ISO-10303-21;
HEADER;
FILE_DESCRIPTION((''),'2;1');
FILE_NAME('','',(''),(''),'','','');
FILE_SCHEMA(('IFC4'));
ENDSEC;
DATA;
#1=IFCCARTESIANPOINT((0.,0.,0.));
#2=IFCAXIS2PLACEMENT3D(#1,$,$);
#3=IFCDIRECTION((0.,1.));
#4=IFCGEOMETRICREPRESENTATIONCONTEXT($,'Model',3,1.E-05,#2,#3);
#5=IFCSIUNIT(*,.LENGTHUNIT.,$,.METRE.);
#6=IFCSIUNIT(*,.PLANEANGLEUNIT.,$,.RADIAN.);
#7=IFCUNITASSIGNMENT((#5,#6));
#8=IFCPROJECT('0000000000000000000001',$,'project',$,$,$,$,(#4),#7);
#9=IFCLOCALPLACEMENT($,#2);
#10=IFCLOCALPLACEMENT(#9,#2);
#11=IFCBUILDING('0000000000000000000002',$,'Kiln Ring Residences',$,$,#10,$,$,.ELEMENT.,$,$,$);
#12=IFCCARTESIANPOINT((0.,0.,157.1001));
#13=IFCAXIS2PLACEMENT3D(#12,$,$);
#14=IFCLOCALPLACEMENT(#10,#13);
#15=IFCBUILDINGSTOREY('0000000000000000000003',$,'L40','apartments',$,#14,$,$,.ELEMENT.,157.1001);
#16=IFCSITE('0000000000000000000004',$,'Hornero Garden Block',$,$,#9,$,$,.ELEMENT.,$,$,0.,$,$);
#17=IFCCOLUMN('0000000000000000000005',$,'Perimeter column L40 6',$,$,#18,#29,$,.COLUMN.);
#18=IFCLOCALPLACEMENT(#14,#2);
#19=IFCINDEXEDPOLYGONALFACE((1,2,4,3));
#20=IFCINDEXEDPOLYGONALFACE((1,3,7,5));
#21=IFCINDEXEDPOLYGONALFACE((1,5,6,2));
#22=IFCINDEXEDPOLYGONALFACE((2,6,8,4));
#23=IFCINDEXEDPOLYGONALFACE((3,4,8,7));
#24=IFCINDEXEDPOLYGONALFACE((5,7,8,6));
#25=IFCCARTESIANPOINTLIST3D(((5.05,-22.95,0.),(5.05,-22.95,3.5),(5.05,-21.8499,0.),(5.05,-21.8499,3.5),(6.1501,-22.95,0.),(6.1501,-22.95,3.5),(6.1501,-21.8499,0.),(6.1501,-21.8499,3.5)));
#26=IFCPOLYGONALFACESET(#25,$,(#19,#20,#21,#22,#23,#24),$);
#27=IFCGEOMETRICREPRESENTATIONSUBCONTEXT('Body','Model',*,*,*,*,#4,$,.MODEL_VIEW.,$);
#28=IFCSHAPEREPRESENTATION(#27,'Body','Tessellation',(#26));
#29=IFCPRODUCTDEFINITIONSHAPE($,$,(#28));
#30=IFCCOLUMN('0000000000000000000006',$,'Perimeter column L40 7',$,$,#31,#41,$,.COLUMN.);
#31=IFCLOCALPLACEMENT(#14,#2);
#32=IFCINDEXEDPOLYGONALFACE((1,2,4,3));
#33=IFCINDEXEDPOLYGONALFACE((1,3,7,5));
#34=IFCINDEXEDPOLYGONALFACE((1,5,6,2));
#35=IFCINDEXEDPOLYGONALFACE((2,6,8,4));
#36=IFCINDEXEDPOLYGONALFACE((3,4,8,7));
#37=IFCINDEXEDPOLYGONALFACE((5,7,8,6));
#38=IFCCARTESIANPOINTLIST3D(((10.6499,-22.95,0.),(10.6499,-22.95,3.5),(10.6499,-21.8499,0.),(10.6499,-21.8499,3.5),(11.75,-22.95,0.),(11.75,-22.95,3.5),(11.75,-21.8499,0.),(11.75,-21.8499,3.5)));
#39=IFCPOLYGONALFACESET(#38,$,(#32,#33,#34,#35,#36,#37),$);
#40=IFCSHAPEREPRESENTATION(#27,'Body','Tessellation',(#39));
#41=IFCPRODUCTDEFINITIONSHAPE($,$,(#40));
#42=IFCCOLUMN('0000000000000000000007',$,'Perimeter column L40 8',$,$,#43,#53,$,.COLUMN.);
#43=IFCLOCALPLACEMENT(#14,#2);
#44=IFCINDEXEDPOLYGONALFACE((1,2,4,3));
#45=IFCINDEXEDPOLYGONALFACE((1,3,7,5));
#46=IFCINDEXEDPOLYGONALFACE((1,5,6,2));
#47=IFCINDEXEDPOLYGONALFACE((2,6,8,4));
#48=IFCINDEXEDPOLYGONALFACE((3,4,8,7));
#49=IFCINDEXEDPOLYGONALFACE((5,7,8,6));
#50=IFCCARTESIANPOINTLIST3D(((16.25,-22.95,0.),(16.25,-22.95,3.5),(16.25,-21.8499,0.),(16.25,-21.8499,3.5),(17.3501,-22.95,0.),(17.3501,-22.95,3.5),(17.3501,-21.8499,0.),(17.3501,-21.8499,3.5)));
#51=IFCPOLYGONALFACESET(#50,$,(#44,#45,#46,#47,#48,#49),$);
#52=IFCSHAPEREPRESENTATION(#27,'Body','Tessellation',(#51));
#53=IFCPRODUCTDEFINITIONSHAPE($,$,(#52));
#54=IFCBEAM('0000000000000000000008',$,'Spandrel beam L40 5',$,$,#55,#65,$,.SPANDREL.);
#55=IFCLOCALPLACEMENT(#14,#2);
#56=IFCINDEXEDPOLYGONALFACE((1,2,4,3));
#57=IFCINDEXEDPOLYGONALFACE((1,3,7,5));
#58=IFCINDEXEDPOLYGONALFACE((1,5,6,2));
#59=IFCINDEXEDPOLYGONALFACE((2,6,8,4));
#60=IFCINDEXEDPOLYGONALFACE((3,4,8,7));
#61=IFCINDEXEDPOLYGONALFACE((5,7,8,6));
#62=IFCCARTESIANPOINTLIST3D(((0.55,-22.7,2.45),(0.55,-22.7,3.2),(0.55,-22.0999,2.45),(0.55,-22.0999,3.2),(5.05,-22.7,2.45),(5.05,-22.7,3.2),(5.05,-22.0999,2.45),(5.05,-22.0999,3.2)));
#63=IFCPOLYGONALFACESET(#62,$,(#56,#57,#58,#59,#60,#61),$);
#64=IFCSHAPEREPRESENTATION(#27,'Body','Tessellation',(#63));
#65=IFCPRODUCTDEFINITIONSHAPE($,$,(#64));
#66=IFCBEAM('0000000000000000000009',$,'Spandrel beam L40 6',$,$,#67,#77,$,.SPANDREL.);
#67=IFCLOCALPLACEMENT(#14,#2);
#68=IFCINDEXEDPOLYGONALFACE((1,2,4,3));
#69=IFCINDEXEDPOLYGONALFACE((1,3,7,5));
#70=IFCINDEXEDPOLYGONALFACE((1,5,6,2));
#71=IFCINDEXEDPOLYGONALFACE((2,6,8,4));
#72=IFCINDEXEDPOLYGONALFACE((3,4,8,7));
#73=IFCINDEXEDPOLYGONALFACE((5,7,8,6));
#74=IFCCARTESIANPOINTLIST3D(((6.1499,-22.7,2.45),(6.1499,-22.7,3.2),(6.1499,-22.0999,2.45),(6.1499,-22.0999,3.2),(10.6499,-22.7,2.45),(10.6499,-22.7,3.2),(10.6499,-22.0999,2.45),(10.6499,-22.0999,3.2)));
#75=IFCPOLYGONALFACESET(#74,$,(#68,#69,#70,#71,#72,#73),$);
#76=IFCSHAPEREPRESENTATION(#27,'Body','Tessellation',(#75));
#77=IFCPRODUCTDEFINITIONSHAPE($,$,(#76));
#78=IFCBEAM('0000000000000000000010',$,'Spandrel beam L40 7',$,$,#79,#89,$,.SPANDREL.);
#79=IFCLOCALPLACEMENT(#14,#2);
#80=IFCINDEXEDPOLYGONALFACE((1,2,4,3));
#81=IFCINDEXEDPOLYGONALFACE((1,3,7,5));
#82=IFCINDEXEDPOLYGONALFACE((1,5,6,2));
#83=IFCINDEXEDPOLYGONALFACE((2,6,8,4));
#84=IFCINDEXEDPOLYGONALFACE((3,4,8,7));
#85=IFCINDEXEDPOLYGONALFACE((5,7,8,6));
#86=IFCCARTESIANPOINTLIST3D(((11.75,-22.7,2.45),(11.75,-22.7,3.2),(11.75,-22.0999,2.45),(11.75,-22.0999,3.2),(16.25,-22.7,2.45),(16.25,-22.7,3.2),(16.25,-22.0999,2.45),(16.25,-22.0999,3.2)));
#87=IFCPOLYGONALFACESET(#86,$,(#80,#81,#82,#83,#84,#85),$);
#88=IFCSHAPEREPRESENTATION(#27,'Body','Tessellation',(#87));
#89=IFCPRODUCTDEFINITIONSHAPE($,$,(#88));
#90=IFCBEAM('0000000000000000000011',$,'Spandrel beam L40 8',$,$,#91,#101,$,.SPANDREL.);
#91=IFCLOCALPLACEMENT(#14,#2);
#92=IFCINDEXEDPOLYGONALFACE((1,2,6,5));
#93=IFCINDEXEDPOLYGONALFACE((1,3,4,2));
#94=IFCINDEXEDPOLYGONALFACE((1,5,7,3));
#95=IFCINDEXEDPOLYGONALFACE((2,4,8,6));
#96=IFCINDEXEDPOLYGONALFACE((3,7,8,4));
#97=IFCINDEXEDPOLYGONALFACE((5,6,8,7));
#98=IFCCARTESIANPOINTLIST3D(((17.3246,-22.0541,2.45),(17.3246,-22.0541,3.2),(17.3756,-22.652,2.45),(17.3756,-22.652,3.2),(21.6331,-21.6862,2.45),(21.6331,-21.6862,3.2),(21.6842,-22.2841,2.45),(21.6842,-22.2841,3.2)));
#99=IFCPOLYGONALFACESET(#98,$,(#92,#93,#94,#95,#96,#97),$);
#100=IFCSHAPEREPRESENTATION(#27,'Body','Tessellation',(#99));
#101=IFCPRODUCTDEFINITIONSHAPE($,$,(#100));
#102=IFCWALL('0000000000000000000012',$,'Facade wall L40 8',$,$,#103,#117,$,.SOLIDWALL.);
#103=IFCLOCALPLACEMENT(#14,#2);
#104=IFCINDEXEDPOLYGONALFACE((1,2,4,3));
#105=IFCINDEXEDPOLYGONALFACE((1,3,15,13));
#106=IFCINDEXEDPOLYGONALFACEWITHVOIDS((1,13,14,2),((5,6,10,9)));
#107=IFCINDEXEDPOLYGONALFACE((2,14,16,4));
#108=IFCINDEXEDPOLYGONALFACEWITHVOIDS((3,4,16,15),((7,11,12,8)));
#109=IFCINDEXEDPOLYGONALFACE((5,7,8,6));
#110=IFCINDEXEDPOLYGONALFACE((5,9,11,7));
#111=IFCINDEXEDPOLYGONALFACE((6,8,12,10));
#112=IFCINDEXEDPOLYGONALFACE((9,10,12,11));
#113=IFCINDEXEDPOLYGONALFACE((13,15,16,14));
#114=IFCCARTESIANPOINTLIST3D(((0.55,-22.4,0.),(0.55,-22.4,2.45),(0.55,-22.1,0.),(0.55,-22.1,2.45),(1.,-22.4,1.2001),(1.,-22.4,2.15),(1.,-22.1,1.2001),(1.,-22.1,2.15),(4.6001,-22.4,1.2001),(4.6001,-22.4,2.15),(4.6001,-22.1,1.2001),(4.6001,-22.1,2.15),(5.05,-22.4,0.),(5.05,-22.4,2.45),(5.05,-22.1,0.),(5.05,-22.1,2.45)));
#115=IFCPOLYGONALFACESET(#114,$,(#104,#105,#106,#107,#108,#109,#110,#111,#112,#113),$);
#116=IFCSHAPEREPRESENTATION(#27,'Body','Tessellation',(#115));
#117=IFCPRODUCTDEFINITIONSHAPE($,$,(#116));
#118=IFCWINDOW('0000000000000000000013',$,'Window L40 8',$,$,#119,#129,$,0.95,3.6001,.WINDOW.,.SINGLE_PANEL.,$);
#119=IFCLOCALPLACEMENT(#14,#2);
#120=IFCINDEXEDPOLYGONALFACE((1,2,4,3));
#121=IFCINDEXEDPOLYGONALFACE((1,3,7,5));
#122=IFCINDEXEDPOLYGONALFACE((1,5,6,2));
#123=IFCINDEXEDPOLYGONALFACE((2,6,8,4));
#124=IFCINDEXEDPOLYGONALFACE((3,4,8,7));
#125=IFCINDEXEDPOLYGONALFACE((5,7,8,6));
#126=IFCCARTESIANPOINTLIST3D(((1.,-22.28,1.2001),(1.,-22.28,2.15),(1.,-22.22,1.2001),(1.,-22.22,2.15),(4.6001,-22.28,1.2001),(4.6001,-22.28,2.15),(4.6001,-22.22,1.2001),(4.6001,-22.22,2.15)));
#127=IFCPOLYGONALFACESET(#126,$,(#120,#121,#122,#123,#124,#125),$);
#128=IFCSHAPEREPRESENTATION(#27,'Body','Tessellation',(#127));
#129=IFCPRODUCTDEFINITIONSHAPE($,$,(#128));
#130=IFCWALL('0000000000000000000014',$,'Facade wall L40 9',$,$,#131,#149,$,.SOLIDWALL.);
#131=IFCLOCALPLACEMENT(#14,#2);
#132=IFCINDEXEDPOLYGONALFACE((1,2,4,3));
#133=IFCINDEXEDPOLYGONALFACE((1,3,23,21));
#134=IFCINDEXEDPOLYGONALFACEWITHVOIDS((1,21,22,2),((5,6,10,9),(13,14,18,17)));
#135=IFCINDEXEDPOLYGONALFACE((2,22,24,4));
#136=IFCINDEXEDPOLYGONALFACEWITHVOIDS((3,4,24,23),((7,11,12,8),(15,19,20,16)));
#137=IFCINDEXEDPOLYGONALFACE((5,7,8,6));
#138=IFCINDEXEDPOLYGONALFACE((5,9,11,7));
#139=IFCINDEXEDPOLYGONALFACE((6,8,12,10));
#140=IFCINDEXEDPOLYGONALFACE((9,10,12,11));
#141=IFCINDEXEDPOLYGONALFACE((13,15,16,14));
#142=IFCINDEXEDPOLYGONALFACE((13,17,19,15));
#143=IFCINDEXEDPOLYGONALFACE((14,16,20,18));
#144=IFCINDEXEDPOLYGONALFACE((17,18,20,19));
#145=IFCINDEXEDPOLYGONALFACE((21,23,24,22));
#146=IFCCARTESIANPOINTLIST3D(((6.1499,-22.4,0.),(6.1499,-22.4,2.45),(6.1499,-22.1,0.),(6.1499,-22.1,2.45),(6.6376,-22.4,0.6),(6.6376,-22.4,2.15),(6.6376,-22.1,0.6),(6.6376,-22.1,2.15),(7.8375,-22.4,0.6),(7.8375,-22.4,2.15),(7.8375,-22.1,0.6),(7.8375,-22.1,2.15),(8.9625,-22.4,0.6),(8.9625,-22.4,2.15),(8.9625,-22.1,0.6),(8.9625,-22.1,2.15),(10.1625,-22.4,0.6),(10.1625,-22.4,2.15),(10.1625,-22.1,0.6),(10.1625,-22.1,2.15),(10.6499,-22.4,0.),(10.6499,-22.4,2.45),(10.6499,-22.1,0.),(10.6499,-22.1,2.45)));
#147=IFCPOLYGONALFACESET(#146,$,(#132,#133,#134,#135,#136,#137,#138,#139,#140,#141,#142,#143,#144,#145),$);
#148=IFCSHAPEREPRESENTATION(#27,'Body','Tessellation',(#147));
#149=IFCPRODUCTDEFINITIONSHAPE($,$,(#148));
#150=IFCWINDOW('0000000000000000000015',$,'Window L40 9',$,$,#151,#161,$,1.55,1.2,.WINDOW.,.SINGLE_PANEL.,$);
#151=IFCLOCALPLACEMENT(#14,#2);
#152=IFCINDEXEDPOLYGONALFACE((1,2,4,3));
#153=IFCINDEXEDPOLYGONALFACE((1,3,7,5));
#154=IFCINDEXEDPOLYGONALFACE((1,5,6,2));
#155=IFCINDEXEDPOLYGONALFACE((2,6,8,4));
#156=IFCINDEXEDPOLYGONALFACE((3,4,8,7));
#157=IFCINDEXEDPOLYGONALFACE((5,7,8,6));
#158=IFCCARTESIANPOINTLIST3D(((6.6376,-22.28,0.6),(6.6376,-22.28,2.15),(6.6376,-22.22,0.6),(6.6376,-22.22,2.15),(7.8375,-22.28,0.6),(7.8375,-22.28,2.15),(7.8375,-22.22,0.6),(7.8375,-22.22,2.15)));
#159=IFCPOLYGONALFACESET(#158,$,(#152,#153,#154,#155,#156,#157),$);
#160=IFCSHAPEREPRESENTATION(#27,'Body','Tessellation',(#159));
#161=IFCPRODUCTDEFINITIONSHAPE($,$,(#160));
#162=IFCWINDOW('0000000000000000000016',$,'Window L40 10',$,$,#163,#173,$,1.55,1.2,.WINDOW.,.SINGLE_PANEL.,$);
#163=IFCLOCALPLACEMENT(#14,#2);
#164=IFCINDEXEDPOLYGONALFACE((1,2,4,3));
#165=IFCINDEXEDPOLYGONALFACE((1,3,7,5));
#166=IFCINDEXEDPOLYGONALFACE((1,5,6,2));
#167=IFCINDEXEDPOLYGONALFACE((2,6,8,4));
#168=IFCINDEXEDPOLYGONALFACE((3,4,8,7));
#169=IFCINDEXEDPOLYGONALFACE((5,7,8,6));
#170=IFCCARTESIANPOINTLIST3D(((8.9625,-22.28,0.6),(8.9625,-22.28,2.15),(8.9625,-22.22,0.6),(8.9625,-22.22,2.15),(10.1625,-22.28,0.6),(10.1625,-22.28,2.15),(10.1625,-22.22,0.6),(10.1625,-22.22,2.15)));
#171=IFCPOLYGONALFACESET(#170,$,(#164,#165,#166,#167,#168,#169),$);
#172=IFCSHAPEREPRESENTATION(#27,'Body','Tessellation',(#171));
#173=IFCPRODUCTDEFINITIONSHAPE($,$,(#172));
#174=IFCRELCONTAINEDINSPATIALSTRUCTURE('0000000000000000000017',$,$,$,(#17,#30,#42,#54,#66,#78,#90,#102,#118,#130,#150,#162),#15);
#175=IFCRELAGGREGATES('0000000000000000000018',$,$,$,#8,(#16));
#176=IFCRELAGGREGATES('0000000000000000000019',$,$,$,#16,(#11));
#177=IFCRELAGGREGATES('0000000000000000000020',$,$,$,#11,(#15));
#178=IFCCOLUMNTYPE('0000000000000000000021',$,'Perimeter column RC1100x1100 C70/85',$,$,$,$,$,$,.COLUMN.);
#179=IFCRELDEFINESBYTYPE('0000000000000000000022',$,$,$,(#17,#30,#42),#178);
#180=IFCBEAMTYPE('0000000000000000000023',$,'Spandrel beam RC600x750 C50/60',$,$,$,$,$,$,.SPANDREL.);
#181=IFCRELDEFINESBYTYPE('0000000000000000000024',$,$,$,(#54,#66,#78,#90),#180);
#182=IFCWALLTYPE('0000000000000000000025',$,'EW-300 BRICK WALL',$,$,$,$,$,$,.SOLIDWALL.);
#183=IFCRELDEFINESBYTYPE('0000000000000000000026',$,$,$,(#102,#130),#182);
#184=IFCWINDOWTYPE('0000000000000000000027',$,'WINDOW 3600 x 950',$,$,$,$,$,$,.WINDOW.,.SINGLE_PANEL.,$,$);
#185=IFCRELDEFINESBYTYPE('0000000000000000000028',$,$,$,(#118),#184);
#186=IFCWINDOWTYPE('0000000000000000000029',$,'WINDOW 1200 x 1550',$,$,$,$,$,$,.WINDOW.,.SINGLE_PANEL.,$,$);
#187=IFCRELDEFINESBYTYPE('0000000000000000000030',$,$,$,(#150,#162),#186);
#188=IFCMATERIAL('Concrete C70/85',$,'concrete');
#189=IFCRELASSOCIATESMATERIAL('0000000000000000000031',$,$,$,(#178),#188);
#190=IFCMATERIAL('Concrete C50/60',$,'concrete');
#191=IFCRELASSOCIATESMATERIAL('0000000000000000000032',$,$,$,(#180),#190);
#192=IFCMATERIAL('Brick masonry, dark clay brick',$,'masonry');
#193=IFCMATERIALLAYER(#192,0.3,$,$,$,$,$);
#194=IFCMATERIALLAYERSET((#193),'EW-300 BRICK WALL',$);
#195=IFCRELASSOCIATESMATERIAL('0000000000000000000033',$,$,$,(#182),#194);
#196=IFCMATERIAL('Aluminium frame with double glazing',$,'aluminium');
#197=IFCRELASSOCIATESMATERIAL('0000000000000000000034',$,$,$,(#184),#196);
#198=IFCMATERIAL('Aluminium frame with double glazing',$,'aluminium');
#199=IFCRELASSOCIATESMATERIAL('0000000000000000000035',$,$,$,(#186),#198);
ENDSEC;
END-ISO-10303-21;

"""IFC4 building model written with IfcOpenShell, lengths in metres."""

from ifc_helpers import new_model, si_unit, direction, frame, frame_2d, origin, origin_2d, place, context, subcontext, project, spatial, rectangle, extrude, material, layer, layer_set, material_profile, profile_set, type_object, element, fill, save


model = new_model("IFC4")

# Units and contexts
model_context = context("Model", 3, precision=1e-05, world=origin(), true_north=direction((0.0, 1.0)))
body_context = subcontext(model_context, "Body", "Model", "MODEL_VIEW")
ifc_project = project(units=[si_unit("LENGTHUNIT", "METRE"), si_unit("PLANEANGLEUNIT", "RADIAN")], contexts=[model_context])

# Site, building, storey
site_placement = place(None, origin())
site = spatial("IfcSite", under=ifc_project, at=site_placement, Name="Hornero Garden Block", CompositionType="ELEMENT", RefElevation=0.0)
building_placement = place(site_placement, origin())
building = spatial("IfcBuilding", under=site, at=building_placement, Name="Kiln Ring Residences", CompositionType="ELEMENT")
storey_placement = place(building_placement, frame((0.0, 0.0, 157.1001)))
storey = spatial("IfcBuildingStorey", under=building, at=storey_placement, Name="L40", Description="apartments", CompositionType="ELEMENT", Elevation=157.1001)

# Columns
ifc_material_1 = material(Name="Concrete C70/85", Category="concrete")
ifc_material_profile_1 = material_profile(ifc_material_1, rectangle(XDim=1.1001, YDim=1.1001, at=origin_2d()), Name="RC1100x1100")
ifc_profile_set_1 = profile_set([ifc_material_profile_1], Name="Concrete C70/85")
column_type = type_object("IfcColumnType", Name="Perimeter column RC1100x1100 C70/85", PredefinedType="COLUMN", material=ifc_profile_set_1)
for number, where, z_axis, x_axis, name in (
    (1, (5.6001, -22.3999, 0.0), (0.0, 0.0, 1.0), (1.0, 0.0, 0.0), "Perimeter column L40 6"),
    (2, (11.2, -22.3999, 0.0), (0.0, 0.0, 1.0), (1.0, 0.0, 0.0), "Perimeter column L40 7"),
    (3, (16.8, -22.3999, 0.0), (0.0, 0.0, 1.0), (1.0, 0.0, 0.0), "Perimeter column L40 8"),
):
    element("IfcColumn", number, at=place(storey_placement, frame(where, z_axis=z_axis, x_axis=x_axis)), inside=storey, type_object=column_type, Name=name, PredefinedType="COLUMN", context=body_context, shape_type="SweptSolid", body=[
        extrude(rectangle(XDim=1.1001, YDim=1.1001, at=origin_2d()), origin(), (0.0, 0.0, 1.0), 3.5),
    ])

# Beams
ifc_material_2 = material(Name="Concrete C50/60", Category="concrete")
ifc_material_profile_2 = material_profile(ifc_material_2, rectangle(XDim=0.6001, YDim=0.75, at=origin_2d()), Name="RC600x750")
ifc_profile_set_2 = profile_set([ifc_material_profile_2], Name="Concrete C50/60")
beam_type = type_object("IfcBeamType", Name="Spandrel beam RC600x750 C50/60", PredefinedType="SPANDREL", material=ifc_profile_set_2)
for number, where, z_axis, x_axis, name in (
    (4, (0.55, -22.3999, 2.825), (1.0, 0.0, 0.0), (0.0, 1.0, 0.0), "Spandrel beam L40 5"),
    (5, (6.1499, -22.3999, 2.825), (1.0, 0.0, 0.0), (0.0, 1.0, 0.0), "Spandrel beam L40 6"),
    (6, (11.75, -22.3999, 2.825), (1.0, 0.0, 0.0), (0.0, 1.0, 0.0), "Spandrel beam L40 7"),
):
    element("IfcBeam", number, at=place(storey_placement, frame(where, z_axis=z_axis, x_axis=x_axis)), inside=storey, type_object=beam_type, Name=name, PredefinedType="SPANDREL", context=body_context, shape_type="SweptSolid", body=[
        extrude(rectangle(XDim=0.6001, YDim=0.75, at=origin_2d()), origin(), (0.0, 0.0, 1.0), 4.5),
    ])
beam_placement = place(storey_placement, frame((17.3501, -22.353, 2.825), z_axis=(0.996374, 0.085082, 0.0), x_axis=(-0.085082, 0.996374, 0.0)))
element("IfcBeam", 7, at=beam_placement, inside=storey, type_object=beam_type, Name="Spandrel beam L40 8", PredefinedType="SPANDREL", context=body_context, shape_type="SweptSolid", body=[
    extrude(rectangle(XDim=0.6001, YDim=0.75, at=origin_2d()), origin(), (0.0, 0.0, 1.0), 4.3242),
])

# Wall, opening, window
ifc_material_3 = material(Name="Brick masonry, dark clay brick", Category="masonry")
ifc_layer_1 = layer(ifc_material_3, 0.3)
ifc_layer_set_1 = layer_set([ifc_layer_1], Name="EW-300 BRICK WALL")
wall_type_1 = type_object("IfcWallType", Name="EW-300 BRICK WALL", PredefinedType="SOLIDWALL", material=ifc_layer_set_1)
wall_1_placement = place(storey_placement, frame((0.55, -22.25, 0.0), z_axis=(0.0, 0.0, 1.0), x_axis=(1.0, 0.0, 0.0)))
wall_1 = element("IfcWall", 8, at=wall_1_placement, inside=storey, type_object=wall_type_1, Name="Facade wall L40 8", PredefinedType="SOLIDWALL", context=body_context, shape_type="SweptSolid", body=[
    extrude(rectangle(XDim=4.5, YDim=0.3, at=frame_2d((2.25, 0.0))), origin(), (0.0, 0.0, 1.0), 2.45),
])
opening_1_placement = place(wall_1_placement, frame((0.45, 0.0, 1.2)))
opening_1 = element("IfcOpeningElement", 9, at=opening_1_placement, cuts=wall_1, PredefinedType="OPENING", context=body_context, shape_type="SweptSolid", body=[
    extrude(rectangle(XDim=3.6001, YDim=0.95, at=frame_2d((1.8, 0.4751))), frame((0.0, 0.1599, 0.0), z_axis=(0.0, -1.0, 0.0), x_axis=(1.0, 0.0, 0.0)), (0.0, 0.0, 1.0), 0.3201),
])
ifc_material_4 = material(Name="Aluminium frame with double glazing", Category="aluminium")
window_type_1 = type_object("IfcWindowType", Name="WINDOW 3600 x 950", PartitioningType="SINGLE_PANEL", PredefinedType="WINDOW", material=ifc_material_4)
window_1_placement = place(opening_1_placement, origin())
window_1 = element("IfcWindow", 10, at=window_1_placement, inside=storey, type_object=window_type_1, Name="Window L40 8", OverallHeight=0.95, OverallWidth=3.6001, PartitioningType="SINGLE_PANEL", PredefinedType="WINDOW", context=body_context, shape_type="SweptSolid", body=[
    extrude(rectangle(XDim=3.6001, YDim=0.95, at=frame_2d((1.8, 0.4751))), frame((0.0, 0.03, 0.0), z_axis=(0.0, -1.0, 0.0), x_axis=(1.0, 0.0, 0.0)), (0.0, 0.0, 1.0), 0.0601),
])
fill(opening_1, window_1)

# Wall, openings, windows
wall_2_placement = place(storey_placement, frame((6.1499, -22.25, 0.0), z_axis=(0.0, 0.0, 1.0), x_axis=(1.0, 0.0, 0.0)))
wall_2 = element("IfcWall", 11, at=wall_2_placement, inside=storey, type_object=wall_type_1, Name="Facade wall L40 9", PredefinedType="SOLIDWALL", context=body_context, shape_type="SweptSolid", body=[
    extrude(rectangle(XDim=4.5, YDim=0.3, at=frame_2d((2.25, 0.0))), origin(), (0.0, 0.0, 1.0), 2.45),
])
opening_2_placement = place(wall_2_placement, frame((0.4875, 0.0, 0.6001)))
opening_2 = element("IfcOpeningElement", 12, at=opening_2_placement, cuts=wall_2, PredefinedType="OPENING", context=body_context, shape_type="SweptSolid", body=[
    extrude(rectangle(XDim=1.2, YDim=1.55, at=frame_2d((0.6001, 0.7749))), frame((0.0, 0.1599, 0.0), z_axis=(0.0, -1.0, 0.0), x_axis=(1.0, 0.0, 0.0)), (0.0, 0.0, 1.0), 0.3201),
])
opening_3_placement = place(wall_2_placement, frame((2.8125, 0.0, 0.6001)))
opening_3 = element("IfcOpeningElement", 13, at=opening_3_placement, cuts=wall_2, PredefinedType="OPENING", context=body_context, shape_type="SweptSolid", body=[
    extrude(rectangle(XDim=1.2, YDim=1.55, at=frame_2d((0.6001, 0.7749))), frame((0.0, 0.1599, 0.0), z_axis=(0.0, -1.0, 0.0), x_axis=(1.0, 0.0, 0.0)), (0.0, 0.0, 1.0), 0.3201),
])
ifc_material_5 = material(Name="Aluminium frame with double glazing", Category="aluminium")
window_type_2 = type_object("IfcWindowType", Name="WINDOW 1200 x 1550", PartitioningType="SINGLE_PANEL", PredefinedType="WINDOW", material=ifc_material_5)
window_2_placement = place(opening_2_placement, origin())
window_2 = element("IfcWindow", 14, at=window_2_placement, inside=storey, type_object=window_type_2, Name="Window L40 9", OverallHeight=1.55, OverallWidth=1.2, PartitioningType="SINGLE_PANEL", PredefinedType="WINDOW", context=body_context, shape_type="SweptSolid", body=[
    extrude(rectangle(XDim=1.2, YDim=1.55, at=frame_2d((0.6001, 0.7749))), frame((0.0, 0.03, 0.0), z_axis=(0.0, -1.0, 0.0), x_axis=(1.0, 0.0, 0.0)), (0.0, 0.0, 1.0), 0.0601),
])
fill(opening_2, window_2)
window_3_placement = place(opening_3_placement, origin())
window_3 = element("IfcWindow", 15, at=window_3_placement, inside=storey, type_object=window_type_2, Name="Window L40 10", OverallHeight=1.55, OverallWidth=1.2, PartitioningType="SINGLE_PANEL", PredefinedType="WINDOW", context=body_context, shape_type="SweptSolid", body=[
    extrude(rectangle(XDim=1.2, YDim=1.55, at=frame_2d((0.6001, 0.7749))), frame((0.0, 0.03, 0.0), z_axis=(0.0, -1.0, 0.0), x_axis=(1.0, 0.0, 0.0)), (0.0, 0.0, 1.0), 0.0601),
])
fill(opening_3, window_3)

save(model, "model.ifc")
